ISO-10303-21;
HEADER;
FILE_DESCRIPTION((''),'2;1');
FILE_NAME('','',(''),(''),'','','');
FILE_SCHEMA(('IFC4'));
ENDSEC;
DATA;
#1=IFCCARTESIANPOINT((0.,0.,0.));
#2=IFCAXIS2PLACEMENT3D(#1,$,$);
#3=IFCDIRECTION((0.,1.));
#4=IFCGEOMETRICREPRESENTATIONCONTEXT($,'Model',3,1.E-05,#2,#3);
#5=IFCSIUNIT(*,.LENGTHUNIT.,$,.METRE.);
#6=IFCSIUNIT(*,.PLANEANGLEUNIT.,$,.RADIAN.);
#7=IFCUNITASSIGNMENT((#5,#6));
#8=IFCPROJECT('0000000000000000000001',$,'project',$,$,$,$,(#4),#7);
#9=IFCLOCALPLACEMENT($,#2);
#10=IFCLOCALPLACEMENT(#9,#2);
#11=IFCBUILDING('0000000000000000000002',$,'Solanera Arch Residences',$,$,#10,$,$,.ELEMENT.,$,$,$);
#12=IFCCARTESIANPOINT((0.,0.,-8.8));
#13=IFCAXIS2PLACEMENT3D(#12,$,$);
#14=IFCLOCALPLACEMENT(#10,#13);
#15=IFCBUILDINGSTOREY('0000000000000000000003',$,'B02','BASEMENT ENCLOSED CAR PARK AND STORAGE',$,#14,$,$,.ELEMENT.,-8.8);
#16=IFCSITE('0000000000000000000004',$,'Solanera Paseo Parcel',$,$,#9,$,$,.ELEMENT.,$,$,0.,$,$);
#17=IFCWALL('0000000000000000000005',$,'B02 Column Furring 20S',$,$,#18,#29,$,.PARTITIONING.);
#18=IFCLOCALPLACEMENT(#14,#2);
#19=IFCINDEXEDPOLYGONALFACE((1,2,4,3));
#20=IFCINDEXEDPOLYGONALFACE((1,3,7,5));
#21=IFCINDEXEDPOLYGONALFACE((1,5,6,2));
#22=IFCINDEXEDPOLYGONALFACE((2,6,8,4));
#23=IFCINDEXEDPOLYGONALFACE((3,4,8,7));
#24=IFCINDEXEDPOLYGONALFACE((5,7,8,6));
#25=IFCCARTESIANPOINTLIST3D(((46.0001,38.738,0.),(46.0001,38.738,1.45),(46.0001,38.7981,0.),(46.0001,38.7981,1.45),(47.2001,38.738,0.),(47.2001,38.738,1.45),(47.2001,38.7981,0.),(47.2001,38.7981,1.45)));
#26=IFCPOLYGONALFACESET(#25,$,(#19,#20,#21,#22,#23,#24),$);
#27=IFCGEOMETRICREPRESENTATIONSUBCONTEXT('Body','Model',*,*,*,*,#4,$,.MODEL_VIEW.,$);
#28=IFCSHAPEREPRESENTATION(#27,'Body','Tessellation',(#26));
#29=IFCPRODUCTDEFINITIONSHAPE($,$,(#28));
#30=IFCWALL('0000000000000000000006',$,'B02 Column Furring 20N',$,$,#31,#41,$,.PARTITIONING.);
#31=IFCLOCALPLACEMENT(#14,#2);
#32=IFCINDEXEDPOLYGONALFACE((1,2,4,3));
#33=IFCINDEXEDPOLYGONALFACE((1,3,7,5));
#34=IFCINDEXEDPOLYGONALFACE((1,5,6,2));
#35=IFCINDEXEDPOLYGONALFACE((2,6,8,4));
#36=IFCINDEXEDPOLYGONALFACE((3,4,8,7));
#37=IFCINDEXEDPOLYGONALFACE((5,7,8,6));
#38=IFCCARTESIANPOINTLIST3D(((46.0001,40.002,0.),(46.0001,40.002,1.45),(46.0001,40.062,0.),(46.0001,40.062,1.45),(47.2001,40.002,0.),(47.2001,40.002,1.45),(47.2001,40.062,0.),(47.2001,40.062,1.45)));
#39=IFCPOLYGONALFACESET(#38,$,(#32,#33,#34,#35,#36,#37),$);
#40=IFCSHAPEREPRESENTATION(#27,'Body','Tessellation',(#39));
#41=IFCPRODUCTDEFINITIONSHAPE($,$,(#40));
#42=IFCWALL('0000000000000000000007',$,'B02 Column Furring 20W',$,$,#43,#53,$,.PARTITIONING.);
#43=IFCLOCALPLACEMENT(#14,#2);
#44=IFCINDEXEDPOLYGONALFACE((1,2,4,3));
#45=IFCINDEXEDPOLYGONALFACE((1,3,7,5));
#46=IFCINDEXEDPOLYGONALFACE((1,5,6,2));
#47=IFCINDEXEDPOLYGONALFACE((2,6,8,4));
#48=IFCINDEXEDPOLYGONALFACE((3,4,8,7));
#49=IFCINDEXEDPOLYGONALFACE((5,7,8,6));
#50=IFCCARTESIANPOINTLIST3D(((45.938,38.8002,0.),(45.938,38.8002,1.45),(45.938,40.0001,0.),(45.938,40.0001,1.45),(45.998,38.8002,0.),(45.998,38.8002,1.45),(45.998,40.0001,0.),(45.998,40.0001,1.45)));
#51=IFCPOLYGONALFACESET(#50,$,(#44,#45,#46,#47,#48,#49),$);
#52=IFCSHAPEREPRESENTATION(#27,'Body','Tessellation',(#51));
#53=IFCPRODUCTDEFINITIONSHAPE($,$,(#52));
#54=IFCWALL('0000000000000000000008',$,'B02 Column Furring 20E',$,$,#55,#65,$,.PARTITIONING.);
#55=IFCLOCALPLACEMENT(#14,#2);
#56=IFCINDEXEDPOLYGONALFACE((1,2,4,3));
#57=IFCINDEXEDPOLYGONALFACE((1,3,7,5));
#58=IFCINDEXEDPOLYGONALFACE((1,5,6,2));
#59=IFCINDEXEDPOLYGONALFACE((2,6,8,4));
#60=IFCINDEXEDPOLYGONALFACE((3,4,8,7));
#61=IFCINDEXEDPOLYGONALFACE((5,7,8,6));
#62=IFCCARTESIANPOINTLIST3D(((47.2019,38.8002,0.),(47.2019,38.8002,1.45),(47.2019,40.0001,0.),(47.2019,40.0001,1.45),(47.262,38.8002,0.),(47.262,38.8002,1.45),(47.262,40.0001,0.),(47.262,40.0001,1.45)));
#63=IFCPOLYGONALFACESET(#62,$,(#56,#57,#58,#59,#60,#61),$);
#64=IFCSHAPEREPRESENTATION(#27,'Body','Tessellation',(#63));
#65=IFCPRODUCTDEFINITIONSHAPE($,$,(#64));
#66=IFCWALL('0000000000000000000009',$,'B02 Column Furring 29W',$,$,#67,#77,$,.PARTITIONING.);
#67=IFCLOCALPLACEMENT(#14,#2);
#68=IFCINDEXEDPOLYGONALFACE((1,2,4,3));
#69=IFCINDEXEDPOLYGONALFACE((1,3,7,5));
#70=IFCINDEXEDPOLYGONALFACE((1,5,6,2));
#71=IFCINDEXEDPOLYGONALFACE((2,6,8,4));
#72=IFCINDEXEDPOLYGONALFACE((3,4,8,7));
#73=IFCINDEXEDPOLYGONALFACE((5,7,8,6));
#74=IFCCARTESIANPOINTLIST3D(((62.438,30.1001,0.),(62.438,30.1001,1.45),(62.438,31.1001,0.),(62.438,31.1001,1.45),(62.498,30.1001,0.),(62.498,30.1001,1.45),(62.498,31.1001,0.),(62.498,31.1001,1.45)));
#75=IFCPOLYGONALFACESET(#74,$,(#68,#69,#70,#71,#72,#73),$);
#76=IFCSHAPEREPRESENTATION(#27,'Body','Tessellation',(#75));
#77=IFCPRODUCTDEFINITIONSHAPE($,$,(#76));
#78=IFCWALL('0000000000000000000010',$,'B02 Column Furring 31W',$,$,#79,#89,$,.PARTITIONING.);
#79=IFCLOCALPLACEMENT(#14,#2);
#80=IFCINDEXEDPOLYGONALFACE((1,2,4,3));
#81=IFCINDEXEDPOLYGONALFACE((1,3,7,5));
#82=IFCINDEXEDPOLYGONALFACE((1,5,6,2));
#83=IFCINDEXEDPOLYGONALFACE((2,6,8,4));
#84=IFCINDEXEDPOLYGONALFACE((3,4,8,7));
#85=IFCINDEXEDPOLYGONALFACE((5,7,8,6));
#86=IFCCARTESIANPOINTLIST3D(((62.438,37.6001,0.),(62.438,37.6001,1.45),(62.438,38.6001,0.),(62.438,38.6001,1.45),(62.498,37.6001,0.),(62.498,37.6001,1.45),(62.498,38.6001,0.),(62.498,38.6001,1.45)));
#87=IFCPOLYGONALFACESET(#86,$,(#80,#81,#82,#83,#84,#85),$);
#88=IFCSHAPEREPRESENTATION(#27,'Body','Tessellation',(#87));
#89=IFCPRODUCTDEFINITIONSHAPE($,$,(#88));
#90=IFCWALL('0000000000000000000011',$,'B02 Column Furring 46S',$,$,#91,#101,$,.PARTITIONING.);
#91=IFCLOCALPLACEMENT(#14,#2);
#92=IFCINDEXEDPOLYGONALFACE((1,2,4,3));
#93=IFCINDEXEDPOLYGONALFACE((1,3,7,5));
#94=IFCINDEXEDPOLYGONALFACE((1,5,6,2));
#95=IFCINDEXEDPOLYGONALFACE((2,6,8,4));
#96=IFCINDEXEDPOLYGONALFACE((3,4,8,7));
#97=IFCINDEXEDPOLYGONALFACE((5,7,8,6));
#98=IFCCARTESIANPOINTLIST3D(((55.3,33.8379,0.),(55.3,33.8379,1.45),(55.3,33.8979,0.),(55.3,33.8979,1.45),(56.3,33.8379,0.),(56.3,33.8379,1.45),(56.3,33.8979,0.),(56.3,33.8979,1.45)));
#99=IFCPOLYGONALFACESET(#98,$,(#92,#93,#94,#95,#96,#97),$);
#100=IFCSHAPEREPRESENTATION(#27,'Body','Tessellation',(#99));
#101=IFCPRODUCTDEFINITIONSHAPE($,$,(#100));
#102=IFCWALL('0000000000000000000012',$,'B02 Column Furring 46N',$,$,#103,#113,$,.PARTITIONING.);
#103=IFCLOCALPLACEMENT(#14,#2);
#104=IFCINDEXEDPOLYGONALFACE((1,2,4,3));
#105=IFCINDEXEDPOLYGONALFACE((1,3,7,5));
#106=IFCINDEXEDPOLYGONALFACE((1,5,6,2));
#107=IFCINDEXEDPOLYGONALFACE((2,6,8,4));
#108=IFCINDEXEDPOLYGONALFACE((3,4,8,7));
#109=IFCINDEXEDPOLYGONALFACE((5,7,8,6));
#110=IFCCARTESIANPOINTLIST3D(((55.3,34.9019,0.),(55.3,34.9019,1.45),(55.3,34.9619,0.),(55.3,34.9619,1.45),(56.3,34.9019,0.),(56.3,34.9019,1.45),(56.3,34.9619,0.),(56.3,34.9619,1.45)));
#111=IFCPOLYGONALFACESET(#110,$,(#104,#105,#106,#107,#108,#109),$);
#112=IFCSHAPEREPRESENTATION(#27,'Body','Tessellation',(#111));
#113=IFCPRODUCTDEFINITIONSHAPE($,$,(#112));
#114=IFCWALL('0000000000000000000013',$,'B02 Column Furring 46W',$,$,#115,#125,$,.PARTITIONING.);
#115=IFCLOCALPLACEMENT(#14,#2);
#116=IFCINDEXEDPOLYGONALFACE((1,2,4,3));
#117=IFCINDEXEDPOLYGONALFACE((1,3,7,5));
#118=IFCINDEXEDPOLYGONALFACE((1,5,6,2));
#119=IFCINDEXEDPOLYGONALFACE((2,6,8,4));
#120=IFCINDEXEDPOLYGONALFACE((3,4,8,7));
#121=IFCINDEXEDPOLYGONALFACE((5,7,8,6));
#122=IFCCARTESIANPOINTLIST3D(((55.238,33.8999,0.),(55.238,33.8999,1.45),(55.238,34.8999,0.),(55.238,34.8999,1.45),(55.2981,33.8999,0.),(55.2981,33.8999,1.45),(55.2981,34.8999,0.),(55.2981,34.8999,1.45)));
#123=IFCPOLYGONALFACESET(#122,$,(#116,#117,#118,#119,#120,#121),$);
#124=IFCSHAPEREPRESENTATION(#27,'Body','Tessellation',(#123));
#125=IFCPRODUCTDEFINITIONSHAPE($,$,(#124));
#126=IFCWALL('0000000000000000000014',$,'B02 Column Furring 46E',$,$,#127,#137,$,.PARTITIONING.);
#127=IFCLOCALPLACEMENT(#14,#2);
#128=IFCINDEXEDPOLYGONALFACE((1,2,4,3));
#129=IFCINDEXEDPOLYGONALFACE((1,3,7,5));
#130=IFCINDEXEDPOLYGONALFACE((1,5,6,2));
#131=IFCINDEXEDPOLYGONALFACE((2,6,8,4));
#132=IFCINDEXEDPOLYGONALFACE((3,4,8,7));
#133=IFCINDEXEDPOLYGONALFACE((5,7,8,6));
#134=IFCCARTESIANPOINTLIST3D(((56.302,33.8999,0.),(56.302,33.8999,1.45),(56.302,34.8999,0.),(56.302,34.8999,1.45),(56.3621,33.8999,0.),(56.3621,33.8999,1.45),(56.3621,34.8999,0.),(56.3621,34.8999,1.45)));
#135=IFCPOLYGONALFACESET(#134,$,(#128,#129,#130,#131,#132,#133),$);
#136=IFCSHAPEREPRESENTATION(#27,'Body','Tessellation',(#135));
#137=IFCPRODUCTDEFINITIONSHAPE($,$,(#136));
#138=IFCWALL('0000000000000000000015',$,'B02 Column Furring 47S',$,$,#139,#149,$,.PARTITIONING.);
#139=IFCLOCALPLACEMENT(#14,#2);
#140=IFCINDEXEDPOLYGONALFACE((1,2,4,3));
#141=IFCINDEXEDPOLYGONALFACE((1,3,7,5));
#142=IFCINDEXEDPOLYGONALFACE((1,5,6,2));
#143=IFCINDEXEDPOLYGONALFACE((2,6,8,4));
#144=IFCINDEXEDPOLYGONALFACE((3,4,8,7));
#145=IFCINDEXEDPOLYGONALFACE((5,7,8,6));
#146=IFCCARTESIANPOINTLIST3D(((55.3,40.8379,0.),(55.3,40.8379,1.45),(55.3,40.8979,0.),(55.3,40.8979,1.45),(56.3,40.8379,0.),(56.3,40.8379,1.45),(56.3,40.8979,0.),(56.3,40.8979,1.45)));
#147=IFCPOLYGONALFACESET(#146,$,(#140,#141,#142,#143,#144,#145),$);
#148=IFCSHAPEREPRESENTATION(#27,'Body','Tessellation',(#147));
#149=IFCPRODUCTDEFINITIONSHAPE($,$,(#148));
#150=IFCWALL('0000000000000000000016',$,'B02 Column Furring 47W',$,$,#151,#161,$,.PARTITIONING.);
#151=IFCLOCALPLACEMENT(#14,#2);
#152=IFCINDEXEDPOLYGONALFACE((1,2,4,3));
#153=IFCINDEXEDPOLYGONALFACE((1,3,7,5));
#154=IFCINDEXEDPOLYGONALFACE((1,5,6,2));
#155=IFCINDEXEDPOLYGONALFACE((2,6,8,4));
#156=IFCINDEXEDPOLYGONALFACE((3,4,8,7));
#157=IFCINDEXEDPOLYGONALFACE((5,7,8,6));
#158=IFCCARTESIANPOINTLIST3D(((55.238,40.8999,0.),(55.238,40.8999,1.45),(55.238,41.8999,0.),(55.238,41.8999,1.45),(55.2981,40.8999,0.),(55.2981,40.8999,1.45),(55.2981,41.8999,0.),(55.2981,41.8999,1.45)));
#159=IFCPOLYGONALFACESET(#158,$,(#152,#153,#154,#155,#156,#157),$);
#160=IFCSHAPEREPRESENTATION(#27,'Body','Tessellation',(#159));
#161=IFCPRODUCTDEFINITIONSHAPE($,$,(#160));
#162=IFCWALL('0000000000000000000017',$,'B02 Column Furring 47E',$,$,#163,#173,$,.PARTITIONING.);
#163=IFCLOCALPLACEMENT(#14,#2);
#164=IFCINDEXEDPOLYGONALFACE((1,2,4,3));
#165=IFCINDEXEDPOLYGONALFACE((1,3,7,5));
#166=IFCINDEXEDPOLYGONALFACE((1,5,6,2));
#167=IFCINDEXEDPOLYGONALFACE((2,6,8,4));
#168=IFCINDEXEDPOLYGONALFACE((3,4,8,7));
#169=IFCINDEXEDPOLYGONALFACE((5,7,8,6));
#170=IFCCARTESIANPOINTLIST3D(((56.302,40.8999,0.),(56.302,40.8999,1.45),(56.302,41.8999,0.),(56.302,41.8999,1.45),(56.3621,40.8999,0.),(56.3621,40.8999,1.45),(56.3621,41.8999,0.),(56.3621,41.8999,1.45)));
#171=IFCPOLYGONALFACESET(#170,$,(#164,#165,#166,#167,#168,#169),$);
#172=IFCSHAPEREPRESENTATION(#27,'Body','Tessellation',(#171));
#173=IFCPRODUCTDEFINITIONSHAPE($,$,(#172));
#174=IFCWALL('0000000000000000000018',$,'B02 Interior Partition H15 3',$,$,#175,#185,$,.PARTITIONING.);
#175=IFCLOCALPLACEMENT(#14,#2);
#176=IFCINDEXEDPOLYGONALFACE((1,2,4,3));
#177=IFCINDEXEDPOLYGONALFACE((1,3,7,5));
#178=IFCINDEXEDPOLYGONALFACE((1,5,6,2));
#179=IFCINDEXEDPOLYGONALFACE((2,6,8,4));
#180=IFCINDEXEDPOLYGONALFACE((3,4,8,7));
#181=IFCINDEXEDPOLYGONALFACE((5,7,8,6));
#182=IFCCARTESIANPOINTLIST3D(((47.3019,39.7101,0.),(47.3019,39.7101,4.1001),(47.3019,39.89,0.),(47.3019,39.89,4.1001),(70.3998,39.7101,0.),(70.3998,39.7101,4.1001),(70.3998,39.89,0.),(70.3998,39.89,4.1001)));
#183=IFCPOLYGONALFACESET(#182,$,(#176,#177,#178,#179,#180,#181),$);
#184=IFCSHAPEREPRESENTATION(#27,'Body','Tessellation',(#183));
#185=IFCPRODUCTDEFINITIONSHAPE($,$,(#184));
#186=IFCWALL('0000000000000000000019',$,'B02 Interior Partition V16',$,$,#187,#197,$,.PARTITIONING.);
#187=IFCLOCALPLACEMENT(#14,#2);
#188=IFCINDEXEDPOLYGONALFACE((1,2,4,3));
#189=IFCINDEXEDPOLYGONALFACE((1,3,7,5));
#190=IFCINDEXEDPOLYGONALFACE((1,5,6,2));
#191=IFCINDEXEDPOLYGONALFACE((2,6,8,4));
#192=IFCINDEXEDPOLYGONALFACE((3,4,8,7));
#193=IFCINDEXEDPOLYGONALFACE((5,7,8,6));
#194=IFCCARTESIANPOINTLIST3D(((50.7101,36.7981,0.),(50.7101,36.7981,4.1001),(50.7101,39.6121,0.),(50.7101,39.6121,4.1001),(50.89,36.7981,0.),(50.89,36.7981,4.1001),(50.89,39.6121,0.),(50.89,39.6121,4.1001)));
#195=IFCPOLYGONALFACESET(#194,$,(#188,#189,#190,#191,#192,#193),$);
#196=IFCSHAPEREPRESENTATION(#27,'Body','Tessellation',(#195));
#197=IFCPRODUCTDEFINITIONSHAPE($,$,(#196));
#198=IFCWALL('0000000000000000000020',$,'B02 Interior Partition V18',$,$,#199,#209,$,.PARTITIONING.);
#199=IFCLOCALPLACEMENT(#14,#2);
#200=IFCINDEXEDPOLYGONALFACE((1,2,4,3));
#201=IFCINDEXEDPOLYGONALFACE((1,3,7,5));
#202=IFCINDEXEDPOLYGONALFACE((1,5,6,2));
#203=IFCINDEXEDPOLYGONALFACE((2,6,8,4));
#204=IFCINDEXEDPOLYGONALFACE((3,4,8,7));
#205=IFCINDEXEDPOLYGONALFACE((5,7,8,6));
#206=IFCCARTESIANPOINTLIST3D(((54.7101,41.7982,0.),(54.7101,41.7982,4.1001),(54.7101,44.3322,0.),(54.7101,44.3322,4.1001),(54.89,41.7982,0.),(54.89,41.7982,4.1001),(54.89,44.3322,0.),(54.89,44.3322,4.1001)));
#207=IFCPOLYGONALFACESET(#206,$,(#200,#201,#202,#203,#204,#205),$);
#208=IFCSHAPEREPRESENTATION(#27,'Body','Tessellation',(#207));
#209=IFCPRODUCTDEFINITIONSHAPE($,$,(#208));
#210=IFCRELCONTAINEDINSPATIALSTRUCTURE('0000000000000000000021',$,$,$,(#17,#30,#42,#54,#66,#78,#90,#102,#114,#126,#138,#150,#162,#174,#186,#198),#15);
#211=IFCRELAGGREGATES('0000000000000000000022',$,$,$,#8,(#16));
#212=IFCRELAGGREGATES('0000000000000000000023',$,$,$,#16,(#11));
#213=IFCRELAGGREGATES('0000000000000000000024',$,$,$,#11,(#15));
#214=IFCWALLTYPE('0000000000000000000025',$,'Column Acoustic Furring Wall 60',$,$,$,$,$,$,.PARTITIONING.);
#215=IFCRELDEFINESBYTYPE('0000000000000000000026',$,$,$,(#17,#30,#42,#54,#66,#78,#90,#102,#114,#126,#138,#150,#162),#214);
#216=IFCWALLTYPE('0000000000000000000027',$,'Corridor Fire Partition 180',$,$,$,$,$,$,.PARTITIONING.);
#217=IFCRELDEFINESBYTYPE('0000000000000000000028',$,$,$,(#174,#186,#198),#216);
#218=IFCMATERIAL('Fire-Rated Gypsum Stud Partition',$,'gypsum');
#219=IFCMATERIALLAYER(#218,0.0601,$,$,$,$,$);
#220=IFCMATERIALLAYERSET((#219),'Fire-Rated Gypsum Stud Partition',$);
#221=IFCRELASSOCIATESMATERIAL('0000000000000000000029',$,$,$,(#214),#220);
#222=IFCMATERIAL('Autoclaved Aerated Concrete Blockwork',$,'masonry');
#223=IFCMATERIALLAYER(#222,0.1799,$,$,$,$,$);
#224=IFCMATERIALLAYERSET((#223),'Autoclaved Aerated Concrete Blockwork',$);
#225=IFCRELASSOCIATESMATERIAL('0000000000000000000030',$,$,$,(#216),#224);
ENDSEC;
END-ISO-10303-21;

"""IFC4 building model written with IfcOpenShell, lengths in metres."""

from ifc_helpers import new_model, si_unit, direction, frame, frame_2d, origin, place, context, subcontext, project, spatial, rectangle, extrude, material, layer, layer_set, type_object, element, save


model = new_model("IFC4")

# Units and contexts
model_context = context("Model", 3, precision=1e-05, world=origin(), true_north=direction((0.0, 1.0)))
body_context = subcontext(model_context, "Body", "Model", "MODEL_VIEW")
ifc_project = project(units=[si_unit("LENGTHUNIT", "METRE"), si_unit("PLANEANGLEUNIT", "RADIAN")], contexts=[model_context])

# Site, building, storey
site_placement = place(None, origin())
site = spatial("IfcSite", under=ifc_project, at=site_placement, Name="Solanera Paseo Parcel", CompositionType="ELEMENT", RefElevation=0.0)
building_placement = place(site_placement, origin())
building = spatial("IfcBuilding", under=site, at=building_placement, Name="Solanera Arch Residences", CompositionType="ELEMENT")
storey_placement = place(building_placement, frame((0.0, 0.0, -8.8)))
storey = spatial("IfcBuildingStorey", under=building, at=storey_placement, Name="B02", Description="BASEMENT ENCLOSED CAR PARK AND STORAGE", CompositionType="ELEMENT", Elevation=-8.8)

# Walls
ifc_material_1 = material(Name="Fire-Rated Gypsum Stud Partition", Category="gypsum")
ifc_layer_1 = layer(ifc_material_1, 0.0601)
ifc_layer_set_1 = layer_set([ifc_layer_1], Name="Fire-Rated Gypsum Stud Partition")
wall_type_1 = type_object("IfcWallType", Name="Column Acoustic Furring Wall 60", PredefinedType="PARTITIONING", material=ifc_layer_set_1)
for number, where, z_axis, x_axis, name in (
    (1, (46.0, 38.7681, 0.0), (0.0, 0.0, 1.0), (1.0, 0.0, 0.0), "B02 Column Furring 20S"),
    (2, (46.0, 40.032, 0.0), (0.0, 0.0, 1.0), (1.0, 0.0, 0.0), "B02 Column Furring 20N"),
    (3, (45.968, 38.8, 0.0), (0.0, 0.0, 1.0), (0.0, 1.0, 0.0), "B02 Column Furring 20W"),
    (4, (47.2319, 38.8, 0.0), (0.0, 0.0, 1.0), (0.0, 1.0, 0.0), "B02 Column Furring 20E"),
):
    element("IfcWall", number, at=place(storey_placement, frame(where, z_axis=z_axis, x_axis=x_axis)), inside=storey, type_object=wall_type_1, Name=name, PredefinedType="PARTITIONING", context=body_context, shape_type="SweptSolid", body=[
        extrude(rectangle(XDim=1.2, YDim=0.0601, at=frame_2d((0.6001, 0.0))), origin(), (0.0, 0.0, 1.0), 1.45),
    ])
for number, where, z_axis, x_axis, name in (
    (5, (62.468, 30.1001, 0.0), (0.0, 0.0, 1.0), (0.0, 1.0, 0.0), "B02 Column Furring 29W"),
    (6, (62.468, 37.6001, 0.0), (0.0, 0.0, 1.0), (0.0, 1.0, 0.0), "B02 Column Furring 31W"),
    (7, (55.3, 33.8679, 0.0), (0.0, 0.0, 1.0), (1.0, 0.0, 0.0), "B02 Column Furring 46S"),
    (8, (55.3, 34.9319, 0.0), (0.0, 0.0, 1.0), (1.0, 0.0, 0.0), "B02 Column Furring 46N"),
    (9, (55.2681, 33.8999, 0.0), (0.0, 0.0, 1.0), (0.0, 1.0, 0.0), "B02 Column Furring 46W"),
    (10, (56.332, 33.8999, 0.0), (0.0, 0.0, 1.0), (0.0, 1.0, 0.0), "B02 Column Furring 46E"),
    (11, (55.3, 40.8679, 0.0), (0.0, 0.0, 1.0), (1.0, 0.0, 0.0), "B02 Column Furring 47S"),
    (12, (55.2681, 40.8999, 0.0), (0.0, 0.0, 1.0), (0.0, 1.0, 0.0), "B02 Column Furring 47W"),
    (13, (56.332, 40.8999, 0.0), (0.0, 0.0, 1.0), (0.0, 1.0, 0.0), "B02 Column Furring 47E"),
):
    element("IfcWall", number, at=place(storey_placement, frame(where, z_axis=z_axis, x_axis=x_axis)), inside=storey, type_object=wall_type_1, Name=name, PredefinedType="PARTITIONING", context=body_context, shape_type="SweptSolid", body=[
        extrude(rectangle(XDim=1.0, YDim=0.0601, at=frame_2d((0.5, 0.0))), origin(), (0.0, 0.0, 1.0), 1.45),
    ])
ifc_material_2 = material(Name="Autoclaved Aerated Concrete Blockwork", Category="masonry")
ifc_layer_2 = layer(ifc_material_2, 0.1799)
ifc_layer_set_2 = layer_set([ifc_layer_2], Name="Autoclaved Aerated Concrete Blockwork")
wall_type_2 = type_object("IfcWallType", Name="Corridor Fire Partition 180", PredefinedType="PARTITIONING", material=ifc_layer_set_2)
wall_1_placement = place(storey_placement, frame((47.302, 39.8, 0.0), z_axis=(0.0, 0.0, 1.0), x_axis=(1.0, 0.0, 0.0)))
element("IfcWall", 14, at=wall_1_placement, inside=storey, type_object=wall_type_2, Name="B02 Interior Partition H15 3", PredefinedType="PARTITIONING", context=body_context, shape_type="SweptSolid", body=[
    extrude(rectangle(XDim=23.0979, YDim=0.1799, at=frame_2d((11.5488, 0.0))), origin(), (0.0, 0.0, 1.0), 4.1001),
])
wall_2_placement = place(storey_placement, frame((50.8, 36.7981, 0.0), z_axis=(0.0, 0.0, 1.0), x_axis=(0.0, 1.0, 0.0)))
element("IfcWall", 15, at=wall_2_placement, inside=storey, type_object=wall_type_2, Name="B02 Interior Partition V16", PredefinedType="PARTITIONING", context=body_context, shape_type="SweptSolid", body=[
    extrude(rectangle(XDim=2.814, YDim=0.1799, at=frame_2d((1.407, 0.0))), origin(), (0.0, 0.0, 1.0), 4.1001),
])
wall_3_placement = place(storey_placement, frame((54.8, 41.7981, 0.0), z_axis=(0.0, 0.0, 1.0), x_axis=(0.0, 1.0, 0.0)))
element("IfcWall", 16, at=wall_3_placement, inside=storey, type_object=wall_type_2, Name="B02 Interior Partition V18", PredefinedType="PARTITIONING", context=body_context, shape_type="SweptSolid", body=[
    extrude(rectangle(XDim=2.5339, YDim=0.1799, at=frame_2d((1.2671, 0.0))), origin(), (0.0, 0.0, 1.0), 4.1001),
])

save(model, "model.ifc")
